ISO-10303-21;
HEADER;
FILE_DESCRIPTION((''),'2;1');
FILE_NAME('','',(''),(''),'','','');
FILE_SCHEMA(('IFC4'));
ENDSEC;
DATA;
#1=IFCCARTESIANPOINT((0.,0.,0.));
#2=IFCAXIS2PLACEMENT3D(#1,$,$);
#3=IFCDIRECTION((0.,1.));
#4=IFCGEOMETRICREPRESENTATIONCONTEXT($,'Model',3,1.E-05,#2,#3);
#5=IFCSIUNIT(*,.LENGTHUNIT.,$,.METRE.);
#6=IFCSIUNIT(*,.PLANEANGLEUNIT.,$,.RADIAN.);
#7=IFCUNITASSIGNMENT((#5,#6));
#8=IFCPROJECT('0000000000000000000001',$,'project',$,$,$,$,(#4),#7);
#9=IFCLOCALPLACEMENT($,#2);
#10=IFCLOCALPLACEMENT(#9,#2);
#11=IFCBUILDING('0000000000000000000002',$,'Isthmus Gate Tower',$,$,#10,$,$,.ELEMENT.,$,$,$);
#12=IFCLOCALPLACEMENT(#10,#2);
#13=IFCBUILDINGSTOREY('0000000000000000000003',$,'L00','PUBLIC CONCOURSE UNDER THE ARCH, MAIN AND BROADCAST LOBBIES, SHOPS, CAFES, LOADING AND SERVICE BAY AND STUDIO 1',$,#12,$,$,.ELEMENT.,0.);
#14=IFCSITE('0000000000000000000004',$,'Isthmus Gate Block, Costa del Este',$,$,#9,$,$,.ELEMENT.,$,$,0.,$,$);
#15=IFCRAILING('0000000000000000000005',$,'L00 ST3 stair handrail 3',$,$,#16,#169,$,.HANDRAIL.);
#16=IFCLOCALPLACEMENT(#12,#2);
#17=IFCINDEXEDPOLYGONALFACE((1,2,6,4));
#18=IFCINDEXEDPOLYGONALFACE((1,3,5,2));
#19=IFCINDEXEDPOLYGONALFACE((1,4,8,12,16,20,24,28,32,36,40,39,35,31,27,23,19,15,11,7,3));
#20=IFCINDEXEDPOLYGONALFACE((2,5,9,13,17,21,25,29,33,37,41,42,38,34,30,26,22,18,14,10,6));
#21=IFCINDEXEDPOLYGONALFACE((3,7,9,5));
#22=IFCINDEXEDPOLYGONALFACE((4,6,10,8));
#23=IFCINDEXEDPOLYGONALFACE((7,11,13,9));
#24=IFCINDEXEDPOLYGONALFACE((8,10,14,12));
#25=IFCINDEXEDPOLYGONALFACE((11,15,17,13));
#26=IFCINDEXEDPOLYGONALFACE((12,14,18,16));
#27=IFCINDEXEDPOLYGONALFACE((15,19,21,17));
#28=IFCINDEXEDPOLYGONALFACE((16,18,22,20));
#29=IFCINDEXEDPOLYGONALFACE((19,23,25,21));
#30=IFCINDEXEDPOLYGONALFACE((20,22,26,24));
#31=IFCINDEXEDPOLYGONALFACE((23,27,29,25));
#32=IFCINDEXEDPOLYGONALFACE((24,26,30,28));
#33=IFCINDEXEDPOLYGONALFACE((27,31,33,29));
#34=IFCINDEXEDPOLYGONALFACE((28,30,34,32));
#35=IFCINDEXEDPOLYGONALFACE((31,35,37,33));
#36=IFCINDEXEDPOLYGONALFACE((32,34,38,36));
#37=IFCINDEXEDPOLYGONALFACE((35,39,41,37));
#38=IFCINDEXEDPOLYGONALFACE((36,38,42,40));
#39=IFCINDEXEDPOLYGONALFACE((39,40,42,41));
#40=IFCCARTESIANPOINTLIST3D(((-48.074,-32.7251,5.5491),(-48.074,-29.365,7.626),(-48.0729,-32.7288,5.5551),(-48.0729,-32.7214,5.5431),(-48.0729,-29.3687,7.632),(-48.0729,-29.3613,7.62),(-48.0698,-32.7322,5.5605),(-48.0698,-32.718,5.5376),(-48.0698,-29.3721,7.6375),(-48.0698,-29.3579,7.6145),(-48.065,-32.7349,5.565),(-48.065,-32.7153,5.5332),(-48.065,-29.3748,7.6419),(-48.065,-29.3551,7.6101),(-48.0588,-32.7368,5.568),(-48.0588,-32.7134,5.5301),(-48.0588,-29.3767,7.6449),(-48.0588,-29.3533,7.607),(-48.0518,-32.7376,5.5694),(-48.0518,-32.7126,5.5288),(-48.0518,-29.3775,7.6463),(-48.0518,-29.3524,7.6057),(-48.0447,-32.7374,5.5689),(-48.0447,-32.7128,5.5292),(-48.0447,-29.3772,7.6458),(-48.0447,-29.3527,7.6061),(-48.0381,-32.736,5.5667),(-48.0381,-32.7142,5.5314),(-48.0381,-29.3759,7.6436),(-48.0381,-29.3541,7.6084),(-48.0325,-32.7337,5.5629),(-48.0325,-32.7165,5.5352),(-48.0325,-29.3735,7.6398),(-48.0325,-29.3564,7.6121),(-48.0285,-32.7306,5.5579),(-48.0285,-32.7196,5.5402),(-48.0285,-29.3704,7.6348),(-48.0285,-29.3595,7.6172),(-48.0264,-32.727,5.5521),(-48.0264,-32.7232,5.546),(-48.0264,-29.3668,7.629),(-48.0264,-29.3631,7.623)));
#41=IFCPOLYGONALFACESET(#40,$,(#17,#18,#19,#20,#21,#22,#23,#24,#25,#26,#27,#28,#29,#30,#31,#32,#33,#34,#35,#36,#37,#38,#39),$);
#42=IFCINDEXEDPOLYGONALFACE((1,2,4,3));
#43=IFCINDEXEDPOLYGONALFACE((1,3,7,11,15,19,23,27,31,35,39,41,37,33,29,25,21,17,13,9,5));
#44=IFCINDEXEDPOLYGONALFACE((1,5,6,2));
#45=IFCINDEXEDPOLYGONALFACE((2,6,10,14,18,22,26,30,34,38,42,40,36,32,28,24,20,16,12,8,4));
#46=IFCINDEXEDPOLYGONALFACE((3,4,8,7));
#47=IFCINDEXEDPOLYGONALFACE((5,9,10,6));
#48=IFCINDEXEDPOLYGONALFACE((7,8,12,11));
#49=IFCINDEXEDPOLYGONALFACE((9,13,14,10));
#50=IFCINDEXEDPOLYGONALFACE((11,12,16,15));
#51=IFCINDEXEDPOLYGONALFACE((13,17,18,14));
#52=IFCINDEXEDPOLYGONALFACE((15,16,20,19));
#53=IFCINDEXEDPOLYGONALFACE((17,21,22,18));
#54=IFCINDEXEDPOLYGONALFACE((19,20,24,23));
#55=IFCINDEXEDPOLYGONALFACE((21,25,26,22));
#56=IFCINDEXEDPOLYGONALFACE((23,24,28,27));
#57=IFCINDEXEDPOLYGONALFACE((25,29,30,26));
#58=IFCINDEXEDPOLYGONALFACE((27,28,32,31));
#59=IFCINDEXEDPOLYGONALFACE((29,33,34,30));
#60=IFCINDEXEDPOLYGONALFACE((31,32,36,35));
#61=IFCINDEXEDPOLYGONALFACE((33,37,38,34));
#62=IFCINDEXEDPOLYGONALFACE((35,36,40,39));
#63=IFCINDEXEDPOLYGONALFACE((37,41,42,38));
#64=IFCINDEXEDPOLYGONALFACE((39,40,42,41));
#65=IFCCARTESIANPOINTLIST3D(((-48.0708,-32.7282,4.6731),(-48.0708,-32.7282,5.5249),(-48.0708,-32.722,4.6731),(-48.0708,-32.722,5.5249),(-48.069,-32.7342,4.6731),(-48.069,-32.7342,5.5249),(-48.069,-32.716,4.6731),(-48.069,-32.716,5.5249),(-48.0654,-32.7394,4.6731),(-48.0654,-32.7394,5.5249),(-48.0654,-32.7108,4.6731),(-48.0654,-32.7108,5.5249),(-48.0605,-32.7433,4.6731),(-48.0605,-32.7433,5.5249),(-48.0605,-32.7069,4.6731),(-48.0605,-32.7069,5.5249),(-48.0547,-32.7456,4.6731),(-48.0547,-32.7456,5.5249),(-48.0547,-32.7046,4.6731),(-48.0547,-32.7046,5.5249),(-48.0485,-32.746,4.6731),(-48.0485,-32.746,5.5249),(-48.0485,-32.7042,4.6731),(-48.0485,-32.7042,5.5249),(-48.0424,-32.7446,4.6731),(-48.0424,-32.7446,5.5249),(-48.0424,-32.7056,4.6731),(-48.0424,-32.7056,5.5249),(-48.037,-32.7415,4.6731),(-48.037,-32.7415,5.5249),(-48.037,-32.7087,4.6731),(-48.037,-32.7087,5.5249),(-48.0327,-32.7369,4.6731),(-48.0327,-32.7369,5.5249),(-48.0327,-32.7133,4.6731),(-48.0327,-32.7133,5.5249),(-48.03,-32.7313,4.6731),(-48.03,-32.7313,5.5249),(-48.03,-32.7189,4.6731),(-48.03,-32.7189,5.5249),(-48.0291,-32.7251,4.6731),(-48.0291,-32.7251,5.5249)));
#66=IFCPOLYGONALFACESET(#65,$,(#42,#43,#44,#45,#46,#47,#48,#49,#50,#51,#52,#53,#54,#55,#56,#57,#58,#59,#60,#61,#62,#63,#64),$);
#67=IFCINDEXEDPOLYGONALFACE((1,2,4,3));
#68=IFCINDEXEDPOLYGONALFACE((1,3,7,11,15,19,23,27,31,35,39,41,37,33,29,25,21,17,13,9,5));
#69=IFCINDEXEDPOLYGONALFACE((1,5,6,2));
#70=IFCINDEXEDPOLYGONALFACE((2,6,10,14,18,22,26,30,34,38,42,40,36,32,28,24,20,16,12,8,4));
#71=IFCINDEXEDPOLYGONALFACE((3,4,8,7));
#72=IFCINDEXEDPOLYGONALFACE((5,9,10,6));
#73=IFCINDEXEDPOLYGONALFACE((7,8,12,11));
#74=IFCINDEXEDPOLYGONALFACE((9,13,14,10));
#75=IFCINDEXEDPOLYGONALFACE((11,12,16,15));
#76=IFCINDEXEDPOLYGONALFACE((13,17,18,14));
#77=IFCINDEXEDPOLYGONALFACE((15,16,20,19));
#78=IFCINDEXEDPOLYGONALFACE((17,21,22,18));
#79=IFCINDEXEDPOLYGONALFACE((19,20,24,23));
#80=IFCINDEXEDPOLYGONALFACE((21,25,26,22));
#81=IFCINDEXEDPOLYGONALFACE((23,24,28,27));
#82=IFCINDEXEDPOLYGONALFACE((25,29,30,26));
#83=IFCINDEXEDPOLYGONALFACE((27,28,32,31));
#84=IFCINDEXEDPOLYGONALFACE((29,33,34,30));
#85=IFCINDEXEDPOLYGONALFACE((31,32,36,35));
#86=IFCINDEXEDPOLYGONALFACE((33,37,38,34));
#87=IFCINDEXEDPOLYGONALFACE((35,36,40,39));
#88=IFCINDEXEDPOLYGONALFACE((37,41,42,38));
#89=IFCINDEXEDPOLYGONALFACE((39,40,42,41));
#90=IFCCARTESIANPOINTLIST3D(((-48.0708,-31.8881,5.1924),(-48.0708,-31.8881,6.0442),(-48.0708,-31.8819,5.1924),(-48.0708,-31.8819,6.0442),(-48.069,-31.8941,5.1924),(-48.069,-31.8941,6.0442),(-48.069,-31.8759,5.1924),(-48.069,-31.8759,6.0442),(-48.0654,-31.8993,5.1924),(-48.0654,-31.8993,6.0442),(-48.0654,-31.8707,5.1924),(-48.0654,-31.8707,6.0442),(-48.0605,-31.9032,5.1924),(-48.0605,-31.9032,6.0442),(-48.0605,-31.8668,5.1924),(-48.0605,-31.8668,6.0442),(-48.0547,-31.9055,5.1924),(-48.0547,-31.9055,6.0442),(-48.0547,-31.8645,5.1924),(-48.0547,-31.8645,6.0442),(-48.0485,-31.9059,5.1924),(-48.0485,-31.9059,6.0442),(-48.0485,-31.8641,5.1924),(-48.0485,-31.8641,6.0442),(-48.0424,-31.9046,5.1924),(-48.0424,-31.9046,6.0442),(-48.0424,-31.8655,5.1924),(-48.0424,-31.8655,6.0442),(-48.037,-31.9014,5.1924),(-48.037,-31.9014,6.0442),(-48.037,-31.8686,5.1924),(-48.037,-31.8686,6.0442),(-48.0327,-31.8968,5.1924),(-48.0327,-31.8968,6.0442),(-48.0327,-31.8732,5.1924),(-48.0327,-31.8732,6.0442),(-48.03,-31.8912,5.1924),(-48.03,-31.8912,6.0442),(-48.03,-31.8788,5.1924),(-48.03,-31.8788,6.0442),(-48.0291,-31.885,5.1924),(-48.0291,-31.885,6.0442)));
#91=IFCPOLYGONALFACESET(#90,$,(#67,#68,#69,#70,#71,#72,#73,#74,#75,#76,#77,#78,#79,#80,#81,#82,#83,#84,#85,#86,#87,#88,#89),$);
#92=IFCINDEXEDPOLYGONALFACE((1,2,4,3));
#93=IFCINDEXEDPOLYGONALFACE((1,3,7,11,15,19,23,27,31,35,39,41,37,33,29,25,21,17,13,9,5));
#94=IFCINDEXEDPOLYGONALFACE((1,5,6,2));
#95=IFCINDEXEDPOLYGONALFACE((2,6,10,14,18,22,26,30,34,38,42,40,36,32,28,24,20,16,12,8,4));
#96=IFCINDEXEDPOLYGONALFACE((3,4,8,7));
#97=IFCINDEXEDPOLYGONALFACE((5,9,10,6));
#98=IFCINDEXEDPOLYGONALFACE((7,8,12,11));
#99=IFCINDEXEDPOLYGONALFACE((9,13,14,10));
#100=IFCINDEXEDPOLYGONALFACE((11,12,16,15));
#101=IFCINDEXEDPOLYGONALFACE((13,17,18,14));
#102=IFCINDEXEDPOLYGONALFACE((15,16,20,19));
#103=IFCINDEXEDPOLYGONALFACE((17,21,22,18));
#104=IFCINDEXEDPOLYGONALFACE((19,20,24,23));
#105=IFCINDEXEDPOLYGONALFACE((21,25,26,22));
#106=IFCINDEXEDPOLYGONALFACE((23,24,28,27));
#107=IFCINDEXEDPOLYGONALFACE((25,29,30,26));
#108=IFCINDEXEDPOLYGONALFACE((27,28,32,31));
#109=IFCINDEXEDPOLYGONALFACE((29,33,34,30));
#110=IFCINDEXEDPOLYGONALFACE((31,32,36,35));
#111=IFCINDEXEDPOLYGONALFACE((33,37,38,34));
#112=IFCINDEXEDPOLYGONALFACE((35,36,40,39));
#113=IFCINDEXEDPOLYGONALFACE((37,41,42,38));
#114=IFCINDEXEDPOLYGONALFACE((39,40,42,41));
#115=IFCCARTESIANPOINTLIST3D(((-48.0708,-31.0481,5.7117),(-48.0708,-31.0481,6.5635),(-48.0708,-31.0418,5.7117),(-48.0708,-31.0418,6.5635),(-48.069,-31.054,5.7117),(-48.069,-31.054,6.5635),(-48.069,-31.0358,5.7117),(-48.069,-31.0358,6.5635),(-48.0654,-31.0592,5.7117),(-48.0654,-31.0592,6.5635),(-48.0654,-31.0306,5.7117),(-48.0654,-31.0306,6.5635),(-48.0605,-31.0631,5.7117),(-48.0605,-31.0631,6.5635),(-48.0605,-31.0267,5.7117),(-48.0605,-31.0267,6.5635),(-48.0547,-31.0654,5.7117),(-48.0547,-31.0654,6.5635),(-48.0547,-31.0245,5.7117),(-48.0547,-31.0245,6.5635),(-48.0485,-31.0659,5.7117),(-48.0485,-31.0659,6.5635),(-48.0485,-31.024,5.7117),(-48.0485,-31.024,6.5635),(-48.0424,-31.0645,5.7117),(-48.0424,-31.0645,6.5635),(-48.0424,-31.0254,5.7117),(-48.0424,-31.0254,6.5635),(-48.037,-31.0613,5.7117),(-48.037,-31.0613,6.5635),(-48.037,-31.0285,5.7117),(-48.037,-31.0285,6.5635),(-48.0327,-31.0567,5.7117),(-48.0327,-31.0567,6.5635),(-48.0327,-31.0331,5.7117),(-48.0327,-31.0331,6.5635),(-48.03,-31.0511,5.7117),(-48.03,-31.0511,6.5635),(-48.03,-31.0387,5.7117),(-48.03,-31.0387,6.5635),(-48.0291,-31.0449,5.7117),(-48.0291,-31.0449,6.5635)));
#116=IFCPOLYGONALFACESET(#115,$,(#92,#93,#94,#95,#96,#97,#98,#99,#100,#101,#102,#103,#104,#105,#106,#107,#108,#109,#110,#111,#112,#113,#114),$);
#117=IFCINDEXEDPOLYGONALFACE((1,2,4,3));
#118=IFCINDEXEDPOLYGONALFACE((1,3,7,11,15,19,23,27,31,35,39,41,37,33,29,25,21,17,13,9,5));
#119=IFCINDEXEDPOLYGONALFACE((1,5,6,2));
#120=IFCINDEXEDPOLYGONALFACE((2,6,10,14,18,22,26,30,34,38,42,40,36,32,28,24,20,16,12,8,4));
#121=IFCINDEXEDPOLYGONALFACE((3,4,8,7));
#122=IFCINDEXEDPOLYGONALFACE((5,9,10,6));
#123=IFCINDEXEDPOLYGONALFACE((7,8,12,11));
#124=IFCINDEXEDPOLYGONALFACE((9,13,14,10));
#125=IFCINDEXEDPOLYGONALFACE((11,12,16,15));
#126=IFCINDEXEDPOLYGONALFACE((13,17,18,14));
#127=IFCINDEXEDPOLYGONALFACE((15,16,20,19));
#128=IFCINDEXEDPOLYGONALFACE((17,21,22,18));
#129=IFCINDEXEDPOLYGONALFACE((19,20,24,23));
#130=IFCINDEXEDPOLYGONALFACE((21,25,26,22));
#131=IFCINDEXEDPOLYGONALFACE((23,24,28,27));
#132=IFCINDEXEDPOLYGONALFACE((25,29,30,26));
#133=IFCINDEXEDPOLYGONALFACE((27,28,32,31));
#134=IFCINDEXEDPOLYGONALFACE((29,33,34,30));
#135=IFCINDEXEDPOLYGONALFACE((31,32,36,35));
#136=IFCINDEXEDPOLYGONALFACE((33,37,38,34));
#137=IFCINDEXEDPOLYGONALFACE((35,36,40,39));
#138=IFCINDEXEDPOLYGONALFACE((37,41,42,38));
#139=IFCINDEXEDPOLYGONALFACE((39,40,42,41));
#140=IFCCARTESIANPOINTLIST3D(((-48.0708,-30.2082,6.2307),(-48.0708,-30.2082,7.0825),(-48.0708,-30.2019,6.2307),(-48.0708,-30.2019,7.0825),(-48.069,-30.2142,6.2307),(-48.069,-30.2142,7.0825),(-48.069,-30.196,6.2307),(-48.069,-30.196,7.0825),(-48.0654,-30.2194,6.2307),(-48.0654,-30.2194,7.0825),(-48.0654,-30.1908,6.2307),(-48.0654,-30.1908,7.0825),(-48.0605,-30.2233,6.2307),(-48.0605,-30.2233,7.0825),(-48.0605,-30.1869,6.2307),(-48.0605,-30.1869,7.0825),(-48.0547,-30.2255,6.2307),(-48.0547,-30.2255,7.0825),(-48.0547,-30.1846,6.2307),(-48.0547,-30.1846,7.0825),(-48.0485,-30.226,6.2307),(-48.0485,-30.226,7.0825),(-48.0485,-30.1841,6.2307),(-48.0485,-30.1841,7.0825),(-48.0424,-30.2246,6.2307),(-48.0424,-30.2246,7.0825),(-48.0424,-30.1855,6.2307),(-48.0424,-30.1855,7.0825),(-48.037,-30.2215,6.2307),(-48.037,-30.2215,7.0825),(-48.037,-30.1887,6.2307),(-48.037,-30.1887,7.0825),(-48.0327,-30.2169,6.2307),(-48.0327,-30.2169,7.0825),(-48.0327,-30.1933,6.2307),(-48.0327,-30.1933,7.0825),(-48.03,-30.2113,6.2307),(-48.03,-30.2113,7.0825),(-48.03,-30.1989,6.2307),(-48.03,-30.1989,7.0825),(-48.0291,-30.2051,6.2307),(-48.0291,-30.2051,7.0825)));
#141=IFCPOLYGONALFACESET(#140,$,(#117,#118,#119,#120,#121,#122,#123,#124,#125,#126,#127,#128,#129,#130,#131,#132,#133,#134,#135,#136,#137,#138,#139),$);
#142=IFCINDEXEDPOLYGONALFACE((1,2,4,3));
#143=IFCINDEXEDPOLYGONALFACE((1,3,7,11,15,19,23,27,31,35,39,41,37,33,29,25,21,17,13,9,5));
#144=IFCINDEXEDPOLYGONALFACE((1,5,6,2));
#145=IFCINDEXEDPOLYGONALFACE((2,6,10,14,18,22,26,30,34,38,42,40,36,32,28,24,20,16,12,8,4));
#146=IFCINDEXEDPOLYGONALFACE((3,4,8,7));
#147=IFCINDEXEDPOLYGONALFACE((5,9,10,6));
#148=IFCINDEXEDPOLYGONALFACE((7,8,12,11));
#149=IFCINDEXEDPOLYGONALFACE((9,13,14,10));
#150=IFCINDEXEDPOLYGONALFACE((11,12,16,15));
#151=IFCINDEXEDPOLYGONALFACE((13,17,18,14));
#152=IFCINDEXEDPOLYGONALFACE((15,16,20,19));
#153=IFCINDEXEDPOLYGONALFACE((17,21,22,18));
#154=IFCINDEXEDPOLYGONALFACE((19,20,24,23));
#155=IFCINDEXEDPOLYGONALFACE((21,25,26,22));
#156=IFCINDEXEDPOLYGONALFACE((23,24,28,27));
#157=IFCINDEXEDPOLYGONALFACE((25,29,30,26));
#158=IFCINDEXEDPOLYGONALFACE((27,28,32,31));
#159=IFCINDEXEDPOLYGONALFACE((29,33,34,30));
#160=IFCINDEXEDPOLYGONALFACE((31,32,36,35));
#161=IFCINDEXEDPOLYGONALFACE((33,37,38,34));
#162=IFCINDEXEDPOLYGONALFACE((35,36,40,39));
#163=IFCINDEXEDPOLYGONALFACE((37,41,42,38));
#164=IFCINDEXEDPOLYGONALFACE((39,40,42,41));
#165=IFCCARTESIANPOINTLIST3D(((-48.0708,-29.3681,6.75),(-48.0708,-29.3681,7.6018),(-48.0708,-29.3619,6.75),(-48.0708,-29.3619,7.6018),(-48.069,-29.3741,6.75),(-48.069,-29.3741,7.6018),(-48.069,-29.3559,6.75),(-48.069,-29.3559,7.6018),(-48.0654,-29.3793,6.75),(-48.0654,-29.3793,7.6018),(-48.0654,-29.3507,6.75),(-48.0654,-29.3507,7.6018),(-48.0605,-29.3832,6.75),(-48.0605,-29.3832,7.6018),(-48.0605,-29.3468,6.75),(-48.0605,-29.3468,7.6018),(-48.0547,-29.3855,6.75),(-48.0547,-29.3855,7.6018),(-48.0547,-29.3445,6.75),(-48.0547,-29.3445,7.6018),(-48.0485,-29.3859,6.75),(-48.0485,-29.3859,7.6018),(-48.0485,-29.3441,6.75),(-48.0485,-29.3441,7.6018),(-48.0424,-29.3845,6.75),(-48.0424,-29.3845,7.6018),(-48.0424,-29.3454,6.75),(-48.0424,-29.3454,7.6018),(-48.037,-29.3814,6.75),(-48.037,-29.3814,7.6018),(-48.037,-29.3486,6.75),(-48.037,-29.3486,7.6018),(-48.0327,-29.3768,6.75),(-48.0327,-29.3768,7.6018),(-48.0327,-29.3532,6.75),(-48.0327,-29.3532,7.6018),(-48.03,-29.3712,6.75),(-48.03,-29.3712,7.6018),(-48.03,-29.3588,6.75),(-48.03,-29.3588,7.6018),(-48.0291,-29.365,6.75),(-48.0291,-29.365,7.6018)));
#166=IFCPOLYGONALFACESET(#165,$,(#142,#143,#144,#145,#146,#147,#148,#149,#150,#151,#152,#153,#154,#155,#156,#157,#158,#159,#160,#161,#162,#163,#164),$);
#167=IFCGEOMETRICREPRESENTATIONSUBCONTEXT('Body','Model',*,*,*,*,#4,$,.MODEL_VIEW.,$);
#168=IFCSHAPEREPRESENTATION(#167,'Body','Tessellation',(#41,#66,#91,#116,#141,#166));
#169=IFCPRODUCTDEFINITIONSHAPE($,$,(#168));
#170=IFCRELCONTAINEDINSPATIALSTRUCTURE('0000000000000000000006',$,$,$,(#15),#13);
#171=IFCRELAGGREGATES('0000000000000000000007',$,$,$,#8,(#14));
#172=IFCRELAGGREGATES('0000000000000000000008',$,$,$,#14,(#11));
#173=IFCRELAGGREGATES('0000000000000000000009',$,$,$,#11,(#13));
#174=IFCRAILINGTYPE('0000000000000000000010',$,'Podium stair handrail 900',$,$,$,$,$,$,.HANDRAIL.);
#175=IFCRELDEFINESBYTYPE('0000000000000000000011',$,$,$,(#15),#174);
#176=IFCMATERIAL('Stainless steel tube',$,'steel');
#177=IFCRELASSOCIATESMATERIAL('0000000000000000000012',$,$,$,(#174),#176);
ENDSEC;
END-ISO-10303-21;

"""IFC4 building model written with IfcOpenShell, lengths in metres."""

from ifc_helpers import new_model, si_unit, direction, frame, origin, origin_2d, place, context, subcontext, project, spatial, circle, extrude, material, type_object, element, save


model = new_model("IFC4")

# Units and contexts
model_context = context("Model", 3, precision=1e-05, world=origin(), true_north=direction((0.0, 1.0)))
body_context = subcontext(model_context, "Body", "Model", "MODEL_VIEW")
ifc_project = project(units=[si_unit("LENGTHUNIT", "METRE"), si_unit("PLANEANGLEUNIT", "RADIAN")], contexts=[model_context])

# Site, building, storey
site_placement = place(None, origin())
site = spatial("IfcSite", under=ifc_project, at=site_placement, Name="Isthmus Gate Block, Costa del Este", CompositionType="ELEMENT", RefElevation=0.0)
building_placement = place(site_placement, origin())
building = spatial("IfcBuilding", under=site, at=building_placement, Name="Isthmus Gate Tower", CompositionType="ELEMENT")
storey_placement = place(building_placement, origin())
storey = spatial("IfcBuildingStorey", under=building, at=storey_placement, Name="L00", Description="PUBLIC CONCOURSE UNDER THE ARCH, MAIN AND BROADCAST LOBBIES, SHOPS, CAFES, LOADING AND SERVICE BAY AND STUDIO 1", CompositionType="ELEMENT", Elevation=0.0)

# Railing
ifc_material_1 = material(Name="Stainless steel tube", Category="steel")
railing_type_1 = type_object("IfcRailingType", Name="Podium stair handrail 900", PredefinedType="HANDRAIL", material=ifc_material_1)
railing_1_placement = place(storey_placement, frame((-48.05, -32.7251, 4.6731)))
element("IfcRailing", 1, at=railing_1_placement, inside=storey, type_object=railing_type_1, Name="L00 ST3 stair handrail 3", PredefinedType="HANDRAIL", context=body_context, shape_type="SweptSolid", body=[
    extrude(circle(Radius=0.0239, at=origin_2d()), frame((0.0, 0.0, 0.876), z_axis=(0.0, 0.850623, 0.525776), x_axis=(-1.0, 0.0, 0.0)), (0.0, 0.0, 1.0), 3.9502),
    extrude(circle(Radius=0.021, at=origin_2d()), origin(), (0.0, 0.0, 1.0), 0.8518),
    extrude(circle(Radius=0.021, at=origin_2d()), frame((0.0, 0.8401, 0.5193)), (0.0, 0.0, 1.0), 0.8518),
    extrude(circle(Radius=0.021, at=origin_2d()), frame((0.0, 1.6802, 1.0386)), (0.0, 0.0, 1.0), 0.8518),
    extrude(circle(Radius=0.021, at=origin_2d()), frame((0.0, 2.52, 1.5576)), (0.0, 0.0, 1.0), 0.8518),
    extrude(circle(Radius=0.021, at=origin_2d()), frame((0.0, 3.3601, 2.0769)), (0.0, 0.0, 1.0), 0.8518),
])

save(model, "model.ifc")
